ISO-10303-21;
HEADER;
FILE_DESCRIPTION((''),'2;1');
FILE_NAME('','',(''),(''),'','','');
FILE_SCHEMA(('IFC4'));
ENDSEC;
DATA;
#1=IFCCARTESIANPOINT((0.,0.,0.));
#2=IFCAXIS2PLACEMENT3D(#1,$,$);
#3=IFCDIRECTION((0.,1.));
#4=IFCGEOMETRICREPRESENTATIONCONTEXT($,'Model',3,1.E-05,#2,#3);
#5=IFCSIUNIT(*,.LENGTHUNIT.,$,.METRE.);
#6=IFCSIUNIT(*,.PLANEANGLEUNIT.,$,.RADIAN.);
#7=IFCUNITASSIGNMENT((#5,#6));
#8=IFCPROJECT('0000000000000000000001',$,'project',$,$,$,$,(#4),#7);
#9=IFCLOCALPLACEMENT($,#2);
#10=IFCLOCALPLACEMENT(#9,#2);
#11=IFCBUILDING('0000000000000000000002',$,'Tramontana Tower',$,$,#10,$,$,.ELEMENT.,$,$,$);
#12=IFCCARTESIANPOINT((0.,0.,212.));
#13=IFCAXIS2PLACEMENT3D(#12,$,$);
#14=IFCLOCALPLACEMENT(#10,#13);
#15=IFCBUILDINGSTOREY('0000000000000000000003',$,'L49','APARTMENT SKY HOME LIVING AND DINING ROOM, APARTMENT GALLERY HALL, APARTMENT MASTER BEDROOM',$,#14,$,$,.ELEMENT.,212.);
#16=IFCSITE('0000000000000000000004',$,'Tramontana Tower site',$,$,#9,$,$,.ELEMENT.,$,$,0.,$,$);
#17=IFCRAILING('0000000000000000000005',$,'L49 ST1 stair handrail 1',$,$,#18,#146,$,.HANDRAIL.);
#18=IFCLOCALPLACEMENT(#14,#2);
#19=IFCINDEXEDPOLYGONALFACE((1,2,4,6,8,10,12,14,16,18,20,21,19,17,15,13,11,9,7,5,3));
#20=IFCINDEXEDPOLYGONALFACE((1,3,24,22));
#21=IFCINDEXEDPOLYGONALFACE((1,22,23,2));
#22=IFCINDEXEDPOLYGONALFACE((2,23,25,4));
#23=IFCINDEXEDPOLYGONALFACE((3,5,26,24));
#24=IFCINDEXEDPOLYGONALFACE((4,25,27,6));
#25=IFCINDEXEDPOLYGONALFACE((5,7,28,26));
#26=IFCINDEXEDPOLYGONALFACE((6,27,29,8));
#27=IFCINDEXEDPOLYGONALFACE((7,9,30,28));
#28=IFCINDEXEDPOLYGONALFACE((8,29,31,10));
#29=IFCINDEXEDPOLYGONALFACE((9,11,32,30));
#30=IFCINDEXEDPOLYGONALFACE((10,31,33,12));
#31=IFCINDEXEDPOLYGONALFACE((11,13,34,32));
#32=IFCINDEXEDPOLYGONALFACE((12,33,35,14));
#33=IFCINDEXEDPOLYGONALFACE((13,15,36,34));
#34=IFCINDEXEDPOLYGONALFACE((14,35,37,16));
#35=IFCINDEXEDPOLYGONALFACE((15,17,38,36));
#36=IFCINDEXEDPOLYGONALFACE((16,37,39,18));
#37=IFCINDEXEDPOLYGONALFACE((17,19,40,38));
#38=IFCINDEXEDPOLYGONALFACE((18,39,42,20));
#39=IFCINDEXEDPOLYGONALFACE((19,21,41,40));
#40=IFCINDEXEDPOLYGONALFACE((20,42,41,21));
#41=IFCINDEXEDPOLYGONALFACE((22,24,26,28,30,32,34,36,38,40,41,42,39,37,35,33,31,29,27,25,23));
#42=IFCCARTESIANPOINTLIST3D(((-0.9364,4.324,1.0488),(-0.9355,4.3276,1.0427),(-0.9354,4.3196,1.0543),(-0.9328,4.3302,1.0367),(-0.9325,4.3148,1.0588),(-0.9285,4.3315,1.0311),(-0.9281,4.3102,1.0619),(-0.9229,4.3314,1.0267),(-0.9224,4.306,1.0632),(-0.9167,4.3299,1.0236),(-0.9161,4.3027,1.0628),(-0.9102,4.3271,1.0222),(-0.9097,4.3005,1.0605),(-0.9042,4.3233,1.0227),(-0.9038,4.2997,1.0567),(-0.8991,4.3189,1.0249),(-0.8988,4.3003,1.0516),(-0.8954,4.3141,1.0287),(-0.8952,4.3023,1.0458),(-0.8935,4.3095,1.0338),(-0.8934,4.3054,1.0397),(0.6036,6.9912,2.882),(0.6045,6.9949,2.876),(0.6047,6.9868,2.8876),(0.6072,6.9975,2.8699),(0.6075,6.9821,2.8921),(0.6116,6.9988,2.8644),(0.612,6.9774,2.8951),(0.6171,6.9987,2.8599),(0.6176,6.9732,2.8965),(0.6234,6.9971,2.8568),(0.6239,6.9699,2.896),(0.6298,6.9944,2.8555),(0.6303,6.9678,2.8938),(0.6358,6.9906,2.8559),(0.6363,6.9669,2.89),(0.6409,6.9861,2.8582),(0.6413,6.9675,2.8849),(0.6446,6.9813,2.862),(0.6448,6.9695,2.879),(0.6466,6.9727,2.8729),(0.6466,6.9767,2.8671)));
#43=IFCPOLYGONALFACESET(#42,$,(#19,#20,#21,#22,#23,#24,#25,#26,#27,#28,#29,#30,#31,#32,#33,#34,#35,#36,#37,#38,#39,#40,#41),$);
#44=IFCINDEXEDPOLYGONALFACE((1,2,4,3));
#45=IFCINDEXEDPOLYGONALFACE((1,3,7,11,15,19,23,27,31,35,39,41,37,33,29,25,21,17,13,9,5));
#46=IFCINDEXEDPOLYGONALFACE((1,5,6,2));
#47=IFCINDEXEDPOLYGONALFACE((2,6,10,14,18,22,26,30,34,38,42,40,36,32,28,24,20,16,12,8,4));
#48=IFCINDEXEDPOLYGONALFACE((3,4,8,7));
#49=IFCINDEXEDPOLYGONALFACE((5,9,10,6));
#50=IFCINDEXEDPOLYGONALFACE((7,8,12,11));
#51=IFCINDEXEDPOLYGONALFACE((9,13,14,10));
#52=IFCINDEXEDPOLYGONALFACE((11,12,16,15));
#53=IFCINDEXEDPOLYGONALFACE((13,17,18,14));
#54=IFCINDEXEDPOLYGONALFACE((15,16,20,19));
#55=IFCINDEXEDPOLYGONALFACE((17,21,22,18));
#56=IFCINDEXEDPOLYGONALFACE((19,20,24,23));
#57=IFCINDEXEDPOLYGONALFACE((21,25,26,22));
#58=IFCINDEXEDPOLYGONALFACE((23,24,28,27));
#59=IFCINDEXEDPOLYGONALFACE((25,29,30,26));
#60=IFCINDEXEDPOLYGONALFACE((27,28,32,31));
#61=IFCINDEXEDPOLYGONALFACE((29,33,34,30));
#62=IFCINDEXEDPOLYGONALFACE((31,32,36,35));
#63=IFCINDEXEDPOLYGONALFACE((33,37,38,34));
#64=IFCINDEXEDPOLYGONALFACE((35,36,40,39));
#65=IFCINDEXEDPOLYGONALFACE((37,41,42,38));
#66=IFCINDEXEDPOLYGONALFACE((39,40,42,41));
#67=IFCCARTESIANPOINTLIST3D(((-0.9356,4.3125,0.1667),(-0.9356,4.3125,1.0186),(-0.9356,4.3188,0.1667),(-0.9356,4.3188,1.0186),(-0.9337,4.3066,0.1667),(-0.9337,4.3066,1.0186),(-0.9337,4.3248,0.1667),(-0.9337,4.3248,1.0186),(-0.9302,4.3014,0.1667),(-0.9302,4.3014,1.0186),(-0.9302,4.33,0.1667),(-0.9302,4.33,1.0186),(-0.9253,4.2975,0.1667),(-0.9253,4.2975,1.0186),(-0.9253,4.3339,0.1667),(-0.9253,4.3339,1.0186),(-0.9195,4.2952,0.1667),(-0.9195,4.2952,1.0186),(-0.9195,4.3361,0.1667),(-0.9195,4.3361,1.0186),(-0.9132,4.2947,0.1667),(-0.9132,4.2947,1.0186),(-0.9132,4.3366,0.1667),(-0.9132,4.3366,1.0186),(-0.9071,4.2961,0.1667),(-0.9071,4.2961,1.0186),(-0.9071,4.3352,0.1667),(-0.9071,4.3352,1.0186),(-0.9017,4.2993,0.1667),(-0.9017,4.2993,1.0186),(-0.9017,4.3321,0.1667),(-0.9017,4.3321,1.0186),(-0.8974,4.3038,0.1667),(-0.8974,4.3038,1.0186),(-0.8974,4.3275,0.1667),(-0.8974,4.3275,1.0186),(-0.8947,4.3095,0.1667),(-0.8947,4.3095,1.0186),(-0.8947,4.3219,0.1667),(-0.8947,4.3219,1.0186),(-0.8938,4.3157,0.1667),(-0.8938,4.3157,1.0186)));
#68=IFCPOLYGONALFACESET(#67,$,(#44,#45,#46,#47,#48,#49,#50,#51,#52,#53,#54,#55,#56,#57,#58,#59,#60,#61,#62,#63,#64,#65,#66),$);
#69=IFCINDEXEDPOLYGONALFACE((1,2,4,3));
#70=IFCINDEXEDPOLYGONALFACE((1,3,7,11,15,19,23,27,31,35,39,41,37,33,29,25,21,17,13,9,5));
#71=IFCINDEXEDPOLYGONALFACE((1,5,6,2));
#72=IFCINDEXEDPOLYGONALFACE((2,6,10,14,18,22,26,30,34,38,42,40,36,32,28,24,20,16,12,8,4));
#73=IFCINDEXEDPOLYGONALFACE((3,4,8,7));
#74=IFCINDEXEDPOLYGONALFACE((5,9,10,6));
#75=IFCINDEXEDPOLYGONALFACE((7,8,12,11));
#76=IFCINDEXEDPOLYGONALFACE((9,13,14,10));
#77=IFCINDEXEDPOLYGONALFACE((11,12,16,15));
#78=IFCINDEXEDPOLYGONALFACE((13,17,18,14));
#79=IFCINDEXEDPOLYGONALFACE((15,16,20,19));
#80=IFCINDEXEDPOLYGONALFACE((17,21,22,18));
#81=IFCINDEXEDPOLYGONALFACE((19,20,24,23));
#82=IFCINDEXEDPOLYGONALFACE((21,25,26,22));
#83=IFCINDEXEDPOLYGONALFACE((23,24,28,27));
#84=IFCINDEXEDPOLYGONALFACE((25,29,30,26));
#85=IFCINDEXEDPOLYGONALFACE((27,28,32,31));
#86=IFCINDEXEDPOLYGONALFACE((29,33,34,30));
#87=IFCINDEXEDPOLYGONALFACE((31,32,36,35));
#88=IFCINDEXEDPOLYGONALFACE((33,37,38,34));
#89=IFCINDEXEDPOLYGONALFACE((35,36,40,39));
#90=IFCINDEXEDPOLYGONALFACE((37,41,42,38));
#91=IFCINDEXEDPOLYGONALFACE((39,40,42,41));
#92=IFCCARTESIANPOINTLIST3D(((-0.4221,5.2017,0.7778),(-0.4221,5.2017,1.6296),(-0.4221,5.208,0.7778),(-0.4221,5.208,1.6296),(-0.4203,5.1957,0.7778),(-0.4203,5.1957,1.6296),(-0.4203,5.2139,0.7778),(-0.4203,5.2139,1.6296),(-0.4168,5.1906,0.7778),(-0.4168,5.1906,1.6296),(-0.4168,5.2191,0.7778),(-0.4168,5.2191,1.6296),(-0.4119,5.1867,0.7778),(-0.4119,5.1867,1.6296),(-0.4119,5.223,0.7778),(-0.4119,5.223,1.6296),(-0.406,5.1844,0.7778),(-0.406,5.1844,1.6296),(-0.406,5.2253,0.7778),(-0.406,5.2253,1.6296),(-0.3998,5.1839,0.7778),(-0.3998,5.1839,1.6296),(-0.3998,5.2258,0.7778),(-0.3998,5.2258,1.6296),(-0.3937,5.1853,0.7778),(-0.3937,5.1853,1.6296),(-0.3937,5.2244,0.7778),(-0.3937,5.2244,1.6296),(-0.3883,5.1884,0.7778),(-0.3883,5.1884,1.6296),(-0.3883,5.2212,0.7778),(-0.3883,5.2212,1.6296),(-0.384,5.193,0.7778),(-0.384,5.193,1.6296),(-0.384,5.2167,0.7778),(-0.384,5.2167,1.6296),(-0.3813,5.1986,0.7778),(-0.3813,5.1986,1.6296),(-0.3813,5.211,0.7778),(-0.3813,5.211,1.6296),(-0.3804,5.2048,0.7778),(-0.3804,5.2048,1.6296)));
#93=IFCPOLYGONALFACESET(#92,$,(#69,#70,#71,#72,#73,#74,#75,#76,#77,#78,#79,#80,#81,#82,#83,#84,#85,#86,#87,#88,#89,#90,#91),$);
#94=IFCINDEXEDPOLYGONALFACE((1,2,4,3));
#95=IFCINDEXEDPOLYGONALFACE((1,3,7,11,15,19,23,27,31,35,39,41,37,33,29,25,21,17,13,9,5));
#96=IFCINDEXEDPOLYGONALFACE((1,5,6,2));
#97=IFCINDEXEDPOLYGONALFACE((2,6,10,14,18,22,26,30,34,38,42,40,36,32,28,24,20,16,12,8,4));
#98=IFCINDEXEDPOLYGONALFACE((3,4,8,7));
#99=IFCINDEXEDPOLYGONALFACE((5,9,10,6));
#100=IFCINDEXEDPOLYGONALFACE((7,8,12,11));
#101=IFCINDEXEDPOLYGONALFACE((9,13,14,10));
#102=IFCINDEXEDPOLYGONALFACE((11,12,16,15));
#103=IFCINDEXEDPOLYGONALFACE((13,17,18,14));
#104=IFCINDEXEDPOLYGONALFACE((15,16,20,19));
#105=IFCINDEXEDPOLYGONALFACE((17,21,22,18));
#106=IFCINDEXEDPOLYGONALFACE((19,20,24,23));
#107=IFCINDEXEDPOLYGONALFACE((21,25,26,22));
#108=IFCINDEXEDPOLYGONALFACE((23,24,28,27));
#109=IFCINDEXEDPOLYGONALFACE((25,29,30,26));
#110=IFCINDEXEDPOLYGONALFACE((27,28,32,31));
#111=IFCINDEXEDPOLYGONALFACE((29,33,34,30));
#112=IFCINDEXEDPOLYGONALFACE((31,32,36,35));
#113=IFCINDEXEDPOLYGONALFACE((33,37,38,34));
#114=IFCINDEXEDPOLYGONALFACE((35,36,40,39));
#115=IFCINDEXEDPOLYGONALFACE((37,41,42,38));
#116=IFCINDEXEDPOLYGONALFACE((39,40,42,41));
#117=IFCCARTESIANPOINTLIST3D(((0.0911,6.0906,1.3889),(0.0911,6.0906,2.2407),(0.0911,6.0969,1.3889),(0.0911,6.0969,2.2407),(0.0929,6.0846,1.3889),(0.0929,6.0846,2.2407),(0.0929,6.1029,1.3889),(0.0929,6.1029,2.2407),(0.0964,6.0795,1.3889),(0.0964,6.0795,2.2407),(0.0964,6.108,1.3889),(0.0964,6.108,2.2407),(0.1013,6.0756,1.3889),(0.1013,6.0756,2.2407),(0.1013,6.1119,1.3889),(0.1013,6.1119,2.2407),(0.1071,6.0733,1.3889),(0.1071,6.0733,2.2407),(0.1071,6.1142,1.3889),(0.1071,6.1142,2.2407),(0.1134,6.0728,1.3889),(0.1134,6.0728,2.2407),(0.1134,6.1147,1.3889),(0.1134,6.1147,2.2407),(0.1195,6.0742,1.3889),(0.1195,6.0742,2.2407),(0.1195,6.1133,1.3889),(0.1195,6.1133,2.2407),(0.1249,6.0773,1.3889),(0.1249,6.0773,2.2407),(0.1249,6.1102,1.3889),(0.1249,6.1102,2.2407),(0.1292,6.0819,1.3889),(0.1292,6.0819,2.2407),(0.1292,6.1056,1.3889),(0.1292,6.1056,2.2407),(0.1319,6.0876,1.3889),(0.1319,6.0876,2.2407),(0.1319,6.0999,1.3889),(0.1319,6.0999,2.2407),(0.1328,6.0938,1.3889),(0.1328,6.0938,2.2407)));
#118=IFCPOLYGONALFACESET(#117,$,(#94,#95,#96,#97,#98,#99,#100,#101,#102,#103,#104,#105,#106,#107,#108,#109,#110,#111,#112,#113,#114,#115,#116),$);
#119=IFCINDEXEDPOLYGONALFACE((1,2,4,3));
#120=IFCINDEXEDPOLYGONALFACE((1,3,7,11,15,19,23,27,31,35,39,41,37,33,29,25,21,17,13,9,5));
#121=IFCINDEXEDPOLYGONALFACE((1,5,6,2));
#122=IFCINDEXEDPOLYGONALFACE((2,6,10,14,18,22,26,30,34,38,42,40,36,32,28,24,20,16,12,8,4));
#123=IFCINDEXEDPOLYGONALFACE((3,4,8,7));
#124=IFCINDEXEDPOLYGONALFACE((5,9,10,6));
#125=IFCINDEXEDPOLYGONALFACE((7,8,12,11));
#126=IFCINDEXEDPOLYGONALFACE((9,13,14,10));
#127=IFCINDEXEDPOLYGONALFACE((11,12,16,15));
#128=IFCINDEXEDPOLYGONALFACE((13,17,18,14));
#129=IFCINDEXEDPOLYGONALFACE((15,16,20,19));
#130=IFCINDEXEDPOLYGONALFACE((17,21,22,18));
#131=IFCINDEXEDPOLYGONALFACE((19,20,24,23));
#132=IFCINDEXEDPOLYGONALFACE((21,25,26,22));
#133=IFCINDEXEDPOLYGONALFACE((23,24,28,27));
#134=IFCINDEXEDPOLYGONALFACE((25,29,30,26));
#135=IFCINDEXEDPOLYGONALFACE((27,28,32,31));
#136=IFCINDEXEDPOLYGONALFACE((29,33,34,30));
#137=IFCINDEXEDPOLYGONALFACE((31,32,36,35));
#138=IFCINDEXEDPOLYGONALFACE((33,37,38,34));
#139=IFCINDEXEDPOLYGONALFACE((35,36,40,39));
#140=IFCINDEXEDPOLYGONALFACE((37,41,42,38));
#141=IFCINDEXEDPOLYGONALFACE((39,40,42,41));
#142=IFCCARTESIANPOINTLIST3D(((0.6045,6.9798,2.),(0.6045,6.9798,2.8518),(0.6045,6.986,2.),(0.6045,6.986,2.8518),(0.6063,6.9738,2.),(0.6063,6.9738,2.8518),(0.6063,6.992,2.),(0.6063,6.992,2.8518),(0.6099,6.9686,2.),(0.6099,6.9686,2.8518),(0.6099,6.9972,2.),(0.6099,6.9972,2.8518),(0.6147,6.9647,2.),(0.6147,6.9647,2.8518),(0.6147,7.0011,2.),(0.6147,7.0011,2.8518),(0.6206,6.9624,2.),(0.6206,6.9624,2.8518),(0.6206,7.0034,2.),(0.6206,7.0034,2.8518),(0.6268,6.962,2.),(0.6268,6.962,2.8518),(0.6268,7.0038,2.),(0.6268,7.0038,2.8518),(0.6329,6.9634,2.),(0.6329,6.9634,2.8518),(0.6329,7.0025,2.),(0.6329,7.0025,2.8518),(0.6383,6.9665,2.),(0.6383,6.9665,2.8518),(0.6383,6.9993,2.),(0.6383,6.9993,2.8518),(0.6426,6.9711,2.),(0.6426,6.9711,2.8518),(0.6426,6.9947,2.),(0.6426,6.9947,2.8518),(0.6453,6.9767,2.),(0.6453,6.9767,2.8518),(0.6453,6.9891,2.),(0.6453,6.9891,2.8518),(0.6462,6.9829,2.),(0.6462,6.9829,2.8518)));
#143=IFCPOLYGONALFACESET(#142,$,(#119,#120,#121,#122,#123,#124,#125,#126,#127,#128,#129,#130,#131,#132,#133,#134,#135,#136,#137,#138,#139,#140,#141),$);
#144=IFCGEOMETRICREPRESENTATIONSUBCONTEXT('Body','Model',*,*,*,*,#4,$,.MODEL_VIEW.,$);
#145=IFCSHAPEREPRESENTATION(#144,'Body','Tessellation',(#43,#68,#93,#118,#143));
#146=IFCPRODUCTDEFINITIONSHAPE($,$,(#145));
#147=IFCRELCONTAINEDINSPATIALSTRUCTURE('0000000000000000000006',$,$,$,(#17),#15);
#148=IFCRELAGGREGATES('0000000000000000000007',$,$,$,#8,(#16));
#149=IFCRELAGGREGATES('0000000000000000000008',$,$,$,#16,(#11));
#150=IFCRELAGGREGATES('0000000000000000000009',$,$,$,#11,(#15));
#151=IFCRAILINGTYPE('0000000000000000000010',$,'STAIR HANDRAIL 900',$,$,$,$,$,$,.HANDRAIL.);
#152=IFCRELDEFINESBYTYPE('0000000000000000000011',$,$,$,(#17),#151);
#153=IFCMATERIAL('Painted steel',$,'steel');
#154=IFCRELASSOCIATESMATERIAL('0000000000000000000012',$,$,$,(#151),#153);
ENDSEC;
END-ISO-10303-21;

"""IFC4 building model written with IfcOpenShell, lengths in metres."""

from ifc_helpers import new_model, si_unit, direction, frame, origin, origin_2d, place, context, subcontext, project, spatial, circle, extrude, material, type_object, element, save


model = new_model("IFC4")

# Units and contexts
model_context = context("Model", 3, precision=1e-05, world=origin(), true_north=direction((0.0, 1.0)))
body_context = subcontext(model_context, "Body", "Model", "MODEL_VIEW")
ifc_project = project(units=[si_unit("LENGTHUNIT", "METRE"), si_unit("PLANEANGLEUNIT", "RADIAN")], contexts=[model_context])

# Site, building, storey
site_placement = place(None, origin())
site = spatial("IfcSite", under=ifc_project, at=site_placement, Name="Tramontana Tower site", CompositionType="ELEMENT", RefElevation=0.0)
building_placement = place(site_placement, origin())
building = spatial("IfcBuilding", under=site, at=building_placement, Name="Tramontana Tower", CompositionType="ELEMENT")
storey_placement = place(building_placement, frame((0.0, 0.0, 212.0)))
storey = spatial("IfcBuildingStorey", under=building, at=storey_placement, Name="L49", Description="APARTMENT SKY HOME LIVING AND DINING ROOM, APARTMENT GALLERY HALL, APARTMENT MASTER BEDROOM", CompositionType="ELEMENT", Elevation=212.0)

# Railing
ifc_material_1 = material(Name="Painted steel", Category="steel")
railing_type_1 = type_object("IfcRailingType", Name="STAIR HANDRAIL 900", PredefinedType="HANDRAIL", material=ifc_material_1)
railing_1_placement = place(storey_placement, frame((-0.9148, 4.3157, 0.1667)))
element("IfcRailing", 1, at=railing_1_placement, inside=storey, type_object=railing_type_1, Name="L49 ST1 stair handrail 1", PredefinedType="HANDRAIL", context=body_context, shape_type="SweptSolid", body=[
    extrude(circle(Radius=0.0239, at=origin_2d()), frame((0.0, 0.0, 0.876), z_axis=(0.429671, 0.744159, 0.511478), x_axis=(-0.86601, 0.500027, 0.0)), (0.0, 0.0, 1.0), 3.5842),
    extrude(circle(Radius=0.021, at=origin_2d()), origin(), (0.0, 0.0, 1.0), 0.8518),
    extrude(circle(Radius=0.021, at=origin_2d()), frame((0.5134, 0.8892, 0.6111)), (0.0, 0.0, 1.0), 0.8518),
    extrude(circle(Radius=0.021, at=origin_2d()), frame((1.0266, 1.7781, 1.2222)), (0.0, 0.0, 1.0), 0.8518),
    extrude(circle(Radius=0.021, at=origin_2d()), frame((1.54, 2.6672, 1.8333)), (0.0, 0.0, 1.0), 0.8518),
])

save(model, "model.ifc")
